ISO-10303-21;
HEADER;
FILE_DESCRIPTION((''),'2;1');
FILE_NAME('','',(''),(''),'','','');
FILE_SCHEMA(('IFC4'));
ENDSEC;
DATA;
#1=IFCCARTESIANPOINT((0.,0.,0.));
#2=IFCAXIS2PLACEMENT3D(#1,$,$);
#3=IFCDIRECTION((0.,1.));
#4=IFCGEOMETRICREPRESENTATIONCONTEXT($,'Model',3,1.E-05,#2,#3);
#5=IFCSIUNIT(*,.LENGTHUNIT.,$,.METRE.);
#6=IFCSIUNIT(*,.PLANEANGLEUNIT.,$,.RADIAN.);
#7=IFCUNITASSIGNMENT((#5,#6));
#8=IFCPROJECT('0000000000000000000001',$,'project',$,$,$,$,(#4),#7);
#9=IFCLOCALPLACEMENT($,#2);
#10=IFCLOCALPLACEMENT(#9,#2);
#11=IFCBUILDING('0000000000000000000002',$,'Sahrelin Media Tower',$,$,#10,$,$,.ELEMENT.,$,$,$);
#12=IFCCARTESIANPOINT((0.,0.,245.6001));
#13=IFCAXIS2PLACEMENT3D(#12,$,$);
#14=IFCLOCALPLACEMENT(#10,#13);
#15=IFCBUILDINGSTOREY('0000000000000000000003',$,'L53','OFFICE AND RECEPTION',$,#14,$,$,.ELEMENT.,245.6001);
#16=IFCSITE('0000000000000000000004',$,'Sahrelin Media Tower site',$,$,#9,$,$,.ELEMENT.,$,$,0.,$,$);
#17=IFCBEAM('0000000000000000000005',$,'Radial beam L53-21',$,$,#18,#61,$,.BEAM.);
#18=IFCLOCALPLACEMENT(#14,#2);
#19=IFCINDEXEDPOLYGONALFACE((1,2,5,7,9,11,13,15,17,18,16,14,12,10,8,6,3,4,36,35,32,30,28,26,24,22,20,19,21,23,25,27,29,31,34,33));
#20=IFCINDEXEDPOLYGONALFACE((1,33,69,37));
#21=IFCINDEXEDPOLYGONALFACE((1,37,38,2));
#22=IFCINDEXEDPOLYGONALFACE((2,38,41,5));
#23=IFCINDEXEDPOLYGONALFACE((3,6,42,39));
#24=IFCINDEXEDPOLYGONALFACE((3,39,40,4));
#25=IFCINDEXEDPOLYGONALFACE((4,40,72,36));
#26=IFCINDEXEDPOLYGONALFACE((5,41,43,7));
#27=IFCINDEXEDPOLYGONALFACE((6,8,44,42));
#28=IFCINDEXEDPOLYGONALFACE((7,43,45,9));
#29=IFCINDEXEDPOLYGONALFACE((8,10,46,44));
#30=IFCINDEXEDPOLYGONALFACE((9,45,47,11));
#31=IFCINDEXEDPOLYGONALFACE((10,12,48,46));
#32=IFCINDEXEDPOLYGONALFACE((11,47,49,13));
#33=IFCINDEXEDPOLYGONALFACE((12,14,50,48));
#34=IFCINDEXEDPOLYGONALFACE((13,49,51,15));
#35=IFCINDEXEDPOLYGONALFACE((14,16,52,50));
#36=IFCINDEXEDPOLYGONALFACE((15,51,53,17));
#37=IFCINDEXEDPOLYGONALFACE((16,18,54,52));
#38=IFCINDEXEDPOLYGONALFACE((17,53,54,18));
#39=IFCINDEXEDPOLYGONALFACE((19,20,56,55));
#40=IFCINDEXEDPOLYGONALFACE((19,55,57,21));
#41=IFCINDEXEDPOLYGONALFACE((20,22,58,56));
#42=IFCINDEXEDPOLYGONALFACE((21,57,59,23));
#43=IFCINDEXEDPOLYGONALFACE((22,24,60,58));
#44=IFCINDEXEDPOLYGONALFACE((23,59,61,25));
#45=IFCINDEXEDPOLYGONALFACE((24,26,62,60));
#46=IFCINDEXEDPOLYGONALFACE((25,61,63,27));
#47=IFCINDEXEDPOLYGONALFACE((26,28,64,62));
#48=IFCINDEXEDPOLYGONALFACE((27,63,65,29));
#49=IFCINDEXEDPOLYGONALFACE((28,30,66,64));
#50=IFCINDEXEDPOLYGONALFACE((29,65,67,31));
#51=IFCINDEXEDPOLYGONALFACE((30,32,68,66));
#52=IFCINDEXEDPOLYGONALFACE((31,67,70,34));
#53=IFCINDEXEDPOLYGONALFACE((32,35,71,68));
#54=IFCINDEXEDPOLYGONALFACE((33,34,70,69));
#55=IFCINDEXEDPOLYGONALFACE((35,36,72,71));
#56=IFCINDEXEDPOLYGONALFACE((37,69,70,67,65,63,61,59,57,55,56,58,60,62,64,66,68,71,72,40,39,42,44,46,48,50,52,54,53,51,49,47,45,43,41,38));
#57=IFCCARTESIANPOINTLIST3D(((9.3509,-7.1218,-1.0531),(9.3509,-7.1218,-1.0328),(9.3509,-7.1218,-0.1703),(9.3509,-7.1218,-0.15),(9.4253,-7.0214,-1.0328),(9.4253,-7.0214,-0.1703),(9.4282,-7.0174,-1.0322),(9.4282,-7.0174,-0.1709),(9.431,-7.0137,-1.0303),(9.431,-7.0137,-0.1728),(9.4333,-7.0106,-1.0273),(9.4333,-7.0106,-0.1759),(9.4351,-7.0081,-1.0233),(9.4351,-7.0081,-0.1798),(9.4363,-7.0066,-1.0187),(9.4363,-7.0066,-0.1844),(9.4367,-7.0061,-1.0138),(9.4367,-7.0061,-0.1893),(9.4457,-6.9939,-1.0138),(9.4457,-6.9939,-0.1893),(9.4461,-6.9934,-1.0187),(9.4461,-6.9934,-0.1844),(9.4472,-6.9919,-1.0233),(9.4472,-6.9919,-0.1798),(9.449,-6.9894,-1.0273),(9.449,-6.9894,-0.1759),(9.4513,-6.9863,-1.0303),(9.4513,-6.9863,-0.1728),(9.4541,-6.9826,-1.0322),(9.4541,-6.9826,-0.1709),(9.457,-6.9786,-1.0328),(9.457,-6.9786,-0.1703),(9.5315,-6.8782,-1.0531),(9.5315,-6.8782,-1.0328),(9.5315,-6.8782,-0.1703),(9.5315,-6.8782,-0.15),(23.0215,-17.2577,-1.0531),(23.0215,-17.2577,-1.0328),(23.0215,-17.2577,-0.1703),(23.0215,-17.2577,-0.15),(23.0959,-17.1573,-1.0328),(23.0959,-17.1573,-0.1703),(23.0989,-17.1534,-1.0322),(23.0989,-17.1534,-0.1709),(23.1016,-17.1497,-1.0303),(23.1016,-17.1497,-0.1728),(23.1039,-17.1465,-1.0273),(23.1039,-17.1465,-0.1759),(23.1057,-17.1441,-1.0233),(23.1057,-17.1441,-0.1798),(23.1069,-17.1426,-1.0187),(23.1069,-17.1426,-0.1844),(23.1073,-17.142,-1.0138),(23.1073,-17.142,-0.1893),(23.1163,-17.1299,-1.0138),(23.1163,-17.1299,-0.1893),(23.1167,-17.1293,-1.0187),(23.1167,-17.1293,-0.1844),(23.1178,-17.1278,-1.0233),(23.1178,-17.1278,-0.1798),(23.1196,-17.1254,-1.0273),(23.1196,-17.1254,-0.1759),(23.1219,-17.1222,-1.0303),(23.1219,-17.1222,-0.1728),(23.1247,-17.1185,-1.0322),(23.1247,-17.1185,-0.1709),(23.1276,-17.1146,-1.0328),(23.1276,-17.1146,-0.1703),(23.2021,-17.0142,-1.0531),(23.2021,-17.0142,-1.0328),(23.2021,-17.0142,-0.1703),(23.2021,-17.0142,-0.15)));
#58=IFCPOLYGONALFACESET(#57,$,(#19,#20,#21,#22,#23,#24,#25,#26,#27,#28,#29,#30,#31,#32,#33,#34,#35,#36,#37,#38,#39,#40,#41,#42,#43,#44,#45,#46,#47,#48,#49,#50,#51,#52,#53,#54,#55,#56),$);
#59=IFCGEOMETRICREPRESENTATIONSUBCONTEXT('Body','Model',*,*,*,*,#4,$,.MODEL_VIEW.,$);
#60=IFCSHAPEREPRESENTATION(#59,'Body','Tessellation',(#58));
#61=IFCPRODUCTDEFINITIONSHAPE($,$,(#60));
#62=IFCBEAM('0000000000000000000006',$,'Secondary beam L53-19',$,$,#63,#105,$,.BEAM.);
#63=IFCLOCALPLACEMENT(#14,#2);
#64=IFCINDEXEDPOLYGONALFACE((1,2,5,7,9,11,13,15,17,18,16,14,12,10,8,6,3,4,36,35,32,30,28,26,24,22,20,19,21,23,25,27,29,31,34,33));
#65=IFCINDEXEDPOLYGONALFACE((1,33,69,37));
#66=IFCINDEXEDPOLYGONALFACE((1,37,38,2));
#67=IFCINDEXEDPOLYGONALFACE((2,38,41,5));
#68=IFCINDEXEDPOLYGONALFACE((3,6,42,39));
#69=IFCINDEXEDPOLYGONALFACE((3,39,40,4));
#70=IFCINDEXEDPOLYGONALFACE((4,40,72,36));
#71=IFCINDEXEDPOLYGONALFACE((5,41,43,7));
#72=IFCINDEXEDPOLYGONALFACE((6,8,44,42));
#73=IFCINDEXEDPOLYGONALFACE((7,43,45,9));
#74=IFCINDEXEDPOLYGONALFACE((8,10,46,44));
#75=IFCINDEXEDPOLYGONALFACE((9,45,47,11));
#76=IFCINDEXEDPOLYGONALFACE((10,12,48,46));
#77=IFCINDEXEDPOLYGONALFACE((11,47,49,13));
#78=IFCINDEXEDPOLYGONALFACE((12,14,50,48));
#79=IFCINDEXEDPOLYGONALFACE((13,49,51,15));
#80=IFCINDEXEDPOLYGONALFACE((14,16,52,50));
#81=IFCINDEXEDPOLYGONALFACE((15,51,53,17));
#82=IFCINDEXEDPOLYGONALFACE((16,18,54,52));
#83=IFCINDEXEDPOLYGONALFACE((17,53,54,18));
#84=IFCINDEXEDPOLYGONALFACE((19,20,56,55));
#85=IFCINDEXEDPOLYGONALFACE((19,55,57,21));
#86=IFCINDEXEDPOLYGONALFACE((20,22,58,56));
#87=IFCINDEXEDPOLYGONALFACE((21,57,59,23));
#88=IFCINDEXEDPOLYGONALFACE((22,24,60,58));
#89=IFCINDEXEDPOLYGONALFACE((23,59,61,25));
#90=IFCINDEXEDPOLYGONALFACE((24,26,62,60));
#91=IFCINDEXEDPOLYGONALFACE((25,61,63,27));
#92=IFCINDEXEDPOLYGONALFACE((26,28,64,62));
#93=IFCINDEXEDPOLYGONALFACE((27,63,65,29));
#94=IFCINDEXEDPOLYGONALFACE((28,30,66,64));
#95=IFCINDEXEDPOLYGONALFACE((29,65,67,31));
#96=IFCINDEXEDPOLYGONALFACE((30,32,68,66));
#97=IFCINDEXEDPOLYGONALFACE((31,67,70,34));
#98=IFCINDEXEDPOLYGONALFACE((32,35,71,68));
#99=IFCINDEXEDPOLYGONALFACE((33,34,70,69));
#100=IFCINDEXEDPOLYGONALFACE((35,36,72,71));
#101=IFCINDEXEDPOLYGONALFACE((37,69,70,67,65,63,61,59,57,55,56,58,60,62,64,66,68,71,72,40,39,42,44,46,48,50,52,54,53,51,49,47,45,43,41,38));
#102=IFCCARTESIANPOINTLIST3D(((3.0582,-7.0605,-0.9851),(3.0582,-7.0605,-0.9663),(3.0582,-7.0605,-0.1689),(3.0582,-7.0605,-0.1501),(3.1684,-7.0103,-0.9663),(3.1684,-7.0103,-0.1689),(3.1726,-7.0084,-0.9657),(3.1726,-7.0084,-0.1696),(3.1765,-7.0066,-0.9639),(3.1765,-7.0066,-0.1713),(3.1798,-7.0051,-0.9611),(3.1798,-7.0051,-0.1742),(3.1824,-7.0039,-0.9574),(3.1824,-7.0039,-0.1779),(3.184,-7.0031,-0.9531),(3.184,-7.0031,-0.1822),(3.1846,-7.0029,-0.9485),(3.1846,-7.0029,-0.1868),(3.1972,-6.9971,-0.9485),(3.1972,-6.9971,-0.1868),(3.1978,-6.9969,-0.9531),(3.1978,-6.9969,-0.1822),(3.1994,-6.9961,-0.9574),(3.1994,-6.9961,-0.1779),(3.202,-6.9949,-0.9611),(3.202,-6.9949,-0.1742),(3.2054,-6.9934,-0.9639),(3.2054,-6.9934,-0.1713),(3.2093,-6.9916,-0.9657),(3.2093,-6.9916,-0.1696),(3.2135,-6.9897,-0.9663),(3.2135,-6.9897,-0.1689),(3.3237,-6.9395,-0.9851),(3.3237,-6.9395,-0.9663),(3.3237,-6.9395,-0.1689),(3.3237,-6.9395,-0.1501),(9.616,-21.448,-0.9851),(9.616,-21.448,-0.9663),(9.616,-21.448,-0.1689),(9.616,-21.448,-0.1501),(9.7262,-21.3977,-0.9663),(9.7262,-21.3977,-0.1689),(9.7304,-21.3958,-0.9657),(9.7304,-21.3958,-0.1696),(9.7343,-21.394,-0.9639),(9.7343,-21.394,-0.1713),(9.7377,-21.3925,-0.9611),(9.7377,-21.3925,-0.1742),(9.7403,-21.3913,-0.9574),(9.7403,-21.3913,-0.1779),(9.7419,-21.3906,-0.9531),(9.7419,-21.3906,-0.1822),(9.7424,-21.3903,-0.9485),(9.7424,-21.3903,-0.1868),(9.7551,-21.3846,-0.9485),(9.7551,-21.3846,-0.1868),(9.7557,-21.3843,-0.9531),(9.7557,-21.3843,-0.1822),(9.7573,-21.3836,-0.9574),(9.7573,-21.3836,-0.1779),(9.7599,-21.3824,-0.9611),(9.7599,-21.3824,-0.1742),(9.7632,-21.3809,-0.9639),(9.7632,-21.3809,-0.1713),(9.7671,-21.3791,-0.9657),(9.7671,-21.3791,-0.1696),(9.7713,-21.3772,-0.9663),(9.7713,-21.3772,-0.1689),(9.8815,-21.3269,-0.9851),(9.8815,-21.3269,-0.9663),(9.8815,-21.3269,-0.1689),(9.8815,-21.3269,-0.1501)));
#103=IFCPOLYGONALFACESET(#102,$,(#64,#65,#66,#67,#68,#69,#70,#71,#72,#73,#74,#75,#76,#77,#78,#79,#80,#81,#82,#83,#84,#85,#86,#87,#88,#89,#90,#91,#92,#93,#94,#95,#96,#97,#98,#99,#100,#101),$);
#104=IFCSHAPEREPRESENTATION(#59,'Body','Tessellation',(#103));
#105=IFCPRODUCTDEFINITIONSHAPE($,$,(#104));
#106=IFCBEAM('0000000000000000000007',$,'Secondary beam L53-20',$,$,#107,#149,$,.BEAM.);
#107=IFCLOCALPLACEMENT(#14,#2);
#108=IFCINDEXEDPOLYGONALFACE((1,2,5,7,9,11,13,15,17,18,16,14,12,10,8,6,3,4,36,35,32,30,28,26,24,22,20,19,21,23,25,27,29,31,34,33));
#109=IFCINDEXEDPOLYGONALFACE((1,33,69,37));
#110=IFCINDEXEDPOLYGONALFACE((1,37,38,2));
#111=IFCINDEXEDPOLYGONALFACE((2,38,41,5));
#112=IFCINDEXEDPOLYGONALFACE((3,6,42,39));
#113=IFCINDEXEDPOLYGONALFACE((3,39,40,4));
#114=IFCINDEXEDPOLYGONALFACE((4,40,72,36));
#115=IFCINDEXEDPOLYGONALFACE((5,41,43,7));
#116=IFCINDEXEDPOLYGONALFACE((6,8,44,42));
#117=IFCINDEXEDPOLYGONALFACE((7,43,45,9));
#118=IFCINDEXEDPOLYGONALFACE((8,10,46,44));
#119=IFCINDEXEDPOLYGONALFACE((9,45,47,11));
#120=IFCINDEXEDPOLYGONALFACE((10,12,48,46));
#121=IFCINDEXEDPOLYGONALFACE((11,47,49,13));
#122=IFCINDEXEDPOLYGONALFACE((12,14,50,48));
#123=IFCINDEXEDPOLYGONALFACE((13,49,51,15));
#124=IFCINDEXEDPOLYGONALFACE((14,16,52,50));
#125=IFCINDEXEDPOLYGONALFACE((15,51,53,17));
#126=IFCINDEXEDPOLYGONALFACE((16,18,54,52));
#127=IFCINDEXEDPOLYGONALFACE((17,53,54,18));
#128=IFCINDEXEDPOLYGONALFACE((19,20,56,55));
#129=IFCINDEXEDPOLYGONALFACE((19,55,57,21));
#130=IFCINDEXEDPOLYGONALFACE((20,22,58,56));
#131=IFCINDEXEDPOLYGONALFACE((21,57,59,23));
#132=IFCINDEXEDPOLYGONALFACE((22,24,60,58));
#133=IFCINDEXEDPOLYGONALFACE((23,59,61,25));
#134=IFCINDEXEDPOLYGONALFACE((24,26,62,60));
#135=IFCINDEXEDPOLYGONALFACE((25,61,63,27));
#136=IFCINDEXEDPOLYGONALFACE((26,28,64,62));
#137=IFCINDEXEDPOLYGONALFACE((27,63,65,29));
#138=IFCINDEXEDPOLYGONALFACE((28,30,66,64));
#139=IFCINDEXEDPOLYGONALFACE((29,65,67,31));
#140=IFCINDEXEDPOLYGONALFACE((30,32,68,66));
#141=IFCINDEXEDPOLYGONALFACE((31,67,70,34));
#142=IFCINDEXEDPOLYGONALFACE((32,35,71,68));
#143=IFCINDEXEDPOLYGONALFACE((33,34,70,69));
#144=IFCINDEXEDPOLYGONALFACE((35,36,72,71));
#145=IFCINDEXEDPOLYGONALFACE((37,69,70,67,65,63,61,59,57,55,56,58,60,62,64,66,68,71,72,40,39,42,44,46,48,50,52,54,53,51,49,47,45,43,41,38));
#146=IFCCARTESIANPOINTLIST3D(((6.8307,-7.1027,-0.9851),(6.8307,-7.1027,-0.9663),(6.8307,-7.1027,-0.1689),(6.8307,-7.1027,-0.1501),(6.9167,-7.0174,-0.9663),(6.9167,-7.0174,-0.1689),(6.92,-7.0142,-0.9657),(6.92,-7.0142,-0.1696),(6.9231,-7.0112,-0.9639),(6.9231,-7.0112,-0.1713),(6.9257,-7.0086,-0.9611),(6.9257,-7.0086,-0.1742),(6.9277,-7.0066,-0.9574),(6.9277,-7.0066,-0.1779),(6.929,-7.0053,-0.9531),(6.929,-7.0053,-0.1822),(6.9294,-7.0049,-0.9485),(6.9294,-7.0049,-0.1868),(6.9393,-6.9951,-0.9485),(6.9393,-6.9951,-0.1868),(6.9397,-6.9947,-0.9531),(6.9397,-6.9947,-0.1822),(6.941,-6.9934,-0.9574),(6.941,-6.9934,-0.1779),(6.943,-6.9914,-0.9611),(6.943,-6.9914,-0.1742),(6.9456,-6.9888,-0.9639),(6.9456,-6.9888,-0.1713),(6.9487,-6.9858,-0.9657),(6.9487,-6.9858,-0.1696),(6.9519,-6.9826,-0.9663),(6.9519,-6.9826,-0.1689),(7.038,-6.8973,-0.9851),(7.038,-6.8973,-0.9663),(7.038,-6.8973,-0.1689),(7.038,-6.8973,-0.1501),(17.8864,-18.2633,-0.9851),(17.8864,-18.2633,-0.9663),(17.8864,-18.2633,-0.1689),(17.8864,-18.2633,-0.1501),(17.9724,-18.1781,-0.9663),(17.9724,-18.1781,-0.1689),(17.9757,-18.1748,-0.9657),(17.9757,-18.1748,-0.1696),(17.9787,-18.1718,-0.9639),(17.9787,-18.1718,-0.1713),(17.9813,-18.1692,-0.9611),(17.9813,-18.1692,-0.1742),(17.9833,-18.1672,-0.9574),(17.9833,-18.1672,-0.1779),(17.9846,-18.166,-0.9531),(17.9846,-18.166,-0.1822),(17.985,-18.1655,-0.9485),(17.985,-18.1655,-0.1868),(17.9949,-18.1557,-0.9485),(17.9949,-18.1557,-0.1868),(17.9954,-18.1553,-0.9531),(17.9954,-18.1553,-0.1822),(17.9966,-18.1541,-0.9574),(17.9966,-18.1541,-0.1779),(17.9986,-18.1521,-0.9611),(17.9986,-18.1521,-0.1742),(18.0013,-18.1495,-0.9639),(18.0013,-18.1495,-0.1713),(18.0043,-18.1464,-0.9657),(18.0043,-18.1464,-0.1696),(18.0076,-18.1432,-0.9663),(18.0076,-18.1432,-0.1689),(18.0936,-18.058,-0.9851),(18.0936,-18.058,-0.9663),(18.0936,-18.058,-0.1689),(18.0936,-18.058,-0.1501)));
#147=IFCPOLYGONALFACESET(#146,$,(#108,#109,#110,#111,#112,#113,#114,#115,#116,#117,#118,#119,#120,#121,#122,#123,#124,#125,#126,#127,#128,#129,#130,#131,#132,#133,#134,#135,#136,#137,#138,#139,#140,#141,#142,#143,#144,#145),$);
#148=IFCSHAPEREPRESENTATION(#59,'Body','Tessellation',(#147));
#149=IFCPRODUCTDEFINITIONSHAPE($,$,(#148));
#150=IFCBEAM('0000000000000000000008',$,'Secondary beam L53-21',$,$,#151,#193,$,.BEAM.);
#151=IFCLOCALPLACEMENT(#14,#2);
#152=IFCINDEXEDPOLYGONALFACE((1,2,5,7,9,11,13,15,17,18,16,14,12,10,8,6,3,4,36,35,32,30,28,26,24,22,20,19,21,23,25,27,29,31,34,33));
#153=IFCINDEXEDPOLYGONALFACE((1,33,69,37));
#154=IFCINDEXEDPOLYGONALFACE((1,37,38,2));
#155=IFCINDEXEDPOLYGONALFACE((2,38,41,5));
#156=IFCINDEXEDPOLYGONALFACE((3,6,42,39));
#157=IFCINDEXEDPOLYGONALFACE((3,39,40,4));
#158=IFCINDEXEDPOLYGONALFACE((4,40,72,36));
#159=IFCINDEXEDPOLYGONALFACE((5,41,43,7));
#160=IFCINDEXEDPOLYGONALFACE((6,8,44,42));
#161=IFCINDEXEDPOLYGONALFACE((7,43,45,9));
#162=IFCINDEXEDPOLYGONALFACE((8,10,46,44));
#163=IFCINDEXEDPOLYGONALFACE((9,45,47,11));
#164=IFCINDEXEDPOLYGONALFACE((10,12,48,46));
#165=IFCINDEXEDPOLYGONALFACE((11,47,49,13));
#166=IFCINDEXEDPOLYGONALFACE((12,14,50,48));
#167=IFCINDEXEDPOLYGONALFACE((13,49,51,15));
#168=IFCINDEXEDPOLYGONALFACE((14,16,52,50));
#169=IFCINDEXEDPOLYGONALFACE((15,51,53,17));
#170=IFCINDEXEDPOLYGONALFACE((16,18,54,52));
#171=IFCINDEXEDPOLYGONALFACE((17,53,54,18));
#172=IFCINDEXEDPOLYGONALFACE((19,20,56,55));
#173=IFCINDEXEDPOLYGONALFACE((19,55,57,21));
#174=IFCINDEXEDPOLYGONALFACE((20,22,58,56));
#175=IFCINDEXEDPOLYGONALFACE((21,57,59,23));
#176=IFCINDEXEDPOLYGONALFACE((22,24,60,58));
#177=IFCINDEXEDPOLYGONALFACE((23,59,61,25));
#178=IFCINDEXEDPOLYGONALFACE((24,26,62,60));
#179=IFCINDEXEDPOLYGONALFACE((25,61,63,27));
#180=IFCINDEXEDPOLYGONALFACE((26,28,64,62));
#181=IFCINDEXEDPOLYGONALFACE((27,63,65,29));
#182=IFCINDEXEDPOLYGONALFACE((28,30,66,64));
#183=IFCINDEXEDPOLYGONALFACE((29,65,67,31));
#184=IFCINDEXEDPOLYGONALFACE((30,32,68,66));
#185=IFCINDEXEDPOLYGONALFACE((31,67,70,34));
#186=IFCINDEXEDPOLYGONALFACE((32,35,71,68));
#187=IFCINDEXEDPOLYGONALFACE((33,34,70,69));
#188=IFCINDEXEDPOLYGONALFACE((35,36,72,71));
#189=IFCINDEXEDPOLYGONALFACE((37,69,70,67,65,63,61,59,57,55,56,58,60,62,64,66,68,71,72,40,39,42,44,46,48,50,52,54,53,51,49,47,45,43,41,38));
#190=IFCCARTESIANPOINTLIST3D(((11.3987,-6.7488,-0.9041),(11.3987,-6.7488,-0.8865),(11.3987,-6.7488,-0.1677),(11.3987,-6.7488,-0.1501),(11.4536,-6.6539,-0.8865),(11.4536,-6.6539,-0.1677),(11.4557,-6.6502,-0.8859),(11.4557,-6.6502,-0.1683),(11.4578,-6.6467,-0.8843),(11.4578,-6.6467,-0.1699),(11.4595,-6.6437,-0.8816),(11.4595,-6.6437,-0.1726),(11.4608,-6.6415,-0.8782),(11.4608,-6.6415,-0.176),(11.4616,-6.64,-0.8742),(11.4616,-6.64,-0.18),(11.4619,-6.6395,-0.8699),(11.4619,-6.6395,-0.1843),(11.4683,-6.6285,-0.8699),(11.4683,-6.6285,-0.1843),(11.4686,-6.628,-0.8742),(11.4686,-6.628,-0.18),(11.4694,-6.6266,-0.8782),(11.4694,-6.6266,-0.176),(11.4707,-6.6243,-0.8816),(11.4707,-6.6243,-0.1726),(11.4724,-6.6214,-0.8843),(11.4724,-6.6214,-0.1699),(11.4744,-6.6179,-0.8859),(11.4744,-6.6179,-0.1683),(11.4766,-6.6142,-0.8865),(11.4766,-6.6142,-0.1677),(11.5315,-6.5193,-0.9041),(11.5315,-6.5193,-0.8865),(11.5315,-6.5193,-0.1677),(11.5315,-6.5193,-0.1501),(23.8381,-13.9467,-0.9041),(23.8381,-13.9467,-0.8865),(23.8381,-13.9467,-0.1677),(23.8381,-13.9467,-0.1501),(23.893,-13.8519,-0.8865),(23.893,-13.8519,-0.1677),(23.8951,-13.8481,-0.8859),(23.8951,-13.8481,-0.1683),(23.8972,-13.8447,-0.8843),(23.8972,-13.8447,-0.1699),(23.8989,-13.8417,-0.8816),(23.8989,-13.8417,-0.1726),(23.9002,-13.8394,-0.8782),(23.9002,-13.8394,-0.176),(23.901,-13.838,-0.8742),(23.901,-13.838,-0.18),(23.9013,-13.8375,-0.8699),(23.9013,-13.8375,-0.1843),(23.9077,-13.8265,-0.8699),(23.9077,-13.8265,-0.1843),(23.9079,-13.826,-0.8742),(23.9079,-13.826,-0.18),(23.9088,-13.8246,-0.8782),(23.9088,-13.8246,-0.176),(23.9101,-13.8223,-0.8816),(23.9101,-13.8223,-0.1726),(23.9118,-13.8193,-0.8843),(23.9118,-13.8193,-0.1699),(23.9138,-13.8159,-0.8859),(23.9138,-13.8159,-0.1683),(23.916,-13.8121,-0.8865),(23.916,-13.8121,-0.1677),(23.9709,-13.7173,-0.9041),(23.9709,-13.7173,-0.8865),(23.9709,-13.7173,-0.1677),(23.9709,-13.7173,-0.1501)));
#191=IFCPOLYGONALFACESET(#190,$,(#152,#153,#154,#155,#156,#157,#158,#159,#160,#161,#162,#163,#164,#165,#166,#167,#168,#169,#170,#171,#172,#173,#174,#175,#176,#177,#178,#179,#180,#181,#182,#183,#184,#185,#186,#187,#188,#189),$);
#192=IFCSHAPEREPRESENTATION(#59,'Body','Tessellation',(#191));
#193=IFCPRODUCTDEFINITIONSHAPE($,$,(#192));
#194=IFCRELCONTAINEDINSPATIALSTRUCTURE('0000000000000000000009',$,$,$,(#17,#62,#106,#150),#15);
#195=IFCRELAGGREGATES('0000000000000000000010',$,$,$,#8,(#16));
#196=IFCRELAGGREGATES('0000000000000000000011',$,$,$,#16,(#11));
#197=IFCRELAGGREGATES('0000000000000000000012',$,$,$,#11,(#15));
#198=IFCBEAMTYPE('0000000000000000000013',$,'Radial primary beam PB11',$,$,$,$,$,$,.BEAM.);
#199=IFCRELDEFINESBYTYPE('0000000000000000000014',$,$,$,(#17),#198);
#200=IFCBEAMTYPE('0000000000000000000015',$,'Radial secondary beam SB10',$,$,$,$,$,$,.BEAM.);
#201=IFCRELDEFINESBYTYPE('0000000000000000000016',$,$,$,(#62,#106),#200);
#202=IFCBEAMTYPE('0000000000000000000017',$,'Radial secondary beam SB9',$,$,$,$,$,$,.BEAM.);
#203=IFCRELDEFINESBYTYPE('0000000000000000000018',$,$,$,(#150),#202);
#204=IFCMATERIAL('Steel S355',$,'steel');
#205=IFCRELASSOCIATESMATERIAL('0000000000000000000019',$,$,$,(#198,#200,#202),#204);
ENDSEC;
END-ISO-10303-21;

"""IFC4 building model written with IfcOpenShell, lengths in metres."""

from ifc_helpers import new_model, si_unit, direction, frame, origin, origin_2d, place, context, subcontext, project, spatial, i_section, extrude, material, material_profile, profile_set, type_object, element, save


model = new_model("IFC4")

# Units and contexts
model_context = context("Model", 3, precision=1e-05, world=origin(), true_north=direction((0.0, 1.0)))
body_context = subcontext(model_context, "Body", "Model", "MODEL_VIEW")
ifc_project = project(units=[si_unit("LENGTHUNIT", "METRE"), si_unit("PLANEANGLEUNIT", "RADIAN")], contexts=[model_context])

# Site, building, storey
site_placement = place(None, origin())
site = spatial("IfcSite", under=ifc_project, at=site_placement, Name="Sahrelin Media Tower site", CompositionType="ELEMENT", RefElevation=0.0)
building_placement = place(site_placement, origin())
building = spatial("IfcBuilding", under=site, at=building_placement, Name="Sahrelin Media Tower", CompositionType="ELEMENT")
storey_placement = place(building_placement, frame((0.0, 0.0, 245.6001)))
storey = spatial("IfcBuildingStorey", under=building, at=storey_placement, Name="L53", Description="OFFICE AND RECEPTION", CompositionType="ELEMENT", Elevation=245.6001)

# Shared definitions
ifc_material_1 = material(Name="Steel S355", Category="steel")

# Beams
ifc_material_profile_1 = material_profile(ifc_material_1, i_section(OverallWidth=0.3032, OverallDepth=0.9031, WebThickness=0.0151, FlangeThickness=0.0203, FilletRadius=0.019, at=origin_2d()), Name="UB 914x305x201")
ifc_profile_set_1 = profile_set([ifc_material_profile_1], Name="Steel S355")
beam_type_1 = type_object("IfcBeamType", Name="Radial primary beam PB11", PredefinedType="BEAM", material=ifc_profile_set_1)
beam_1_placement = place(storey_placement, frame((9.4412, -7.0, -0.6016), z_axis=(0.803288, -0.595591, 0.0), x_axis=(0.595591, 0.803288, 0.0)))
element("IfcBeam", 1, at=beam_1_placement, inside=storey, type_object=beam_type_1, Name="Radial beam L53-21", PredefinedType="BEAM", context=body_context, shape_type="SweptSolid", body=[
    extrude(i_section(OverallWidth=0.3032, OverallDepth=0.9031, WebThickness=0.0151, FlangeThickness=0.0203, FilletRadius=0.019, at=origin_2d()), origin(), (0.0, 0.0, 1.0), 17.0183),
])
ifc_material_profile_2 = material_profile(ifc_material_1, i_section(OverallWidth=0.2917, OverallDepth=0.835, WebThickness=0.0139, FlangeThickness=0.0188, FilletRadius=0.0178, at=origin_2d()), Name="UB 838x292x176")
ifc_profile_set_2 = profile_set([ifc_material_profile_2], Name="Steel S355")
beam_type_2 = type_object("IfcBeamType", Name="Radial secondary beam SB10", PredefinedType="BEAM", material=ifc_profile_set_2)
beam_2_placement = place(storey_placement, frame((3.1909, -7.0, -0.5676), z_axis=(0.414752, -0.909934, 0.0), x_axis=(0.909934, 0.414752, 0.0)))
element("IfcBeam", 2, at=beam_2_placement, inside=storey, type_object=beam_type_2, Name="Secondary beam L53-19", PredefinedType="BEAM", context=body_context, shape_type="SweptSolid", body=[
    extrude(i_section(OverallWidth=0.2917, OverallDepth=0.835, WebThickness=0.0139, FlangeThickness=0.0188, FilletRadius=0.0178, at=origin_2d()), origin(), (0.0, 0.0, 1.0), 15.8115),
])
beam_3_placement = place(storey_placement, frame((6.9343, -7.0, -0.5676), z_axis=(0.703758, -0.71044, 0.0), x_axis=(0.71044, 0.703758, 0.0)))
element("IfcBeam", 3, at=beam_3_placement, inside=storey, type_object=beam_type_2, Name="Secondary beam L53-20", PredefinedType="BEAM", context=body_context, shape_type="SweptSolid", body=[
    extrude(i_section(OverallWidth=0.2917, OverallDepth=0.835, WebThickness=0.0139, FlangeThickness=0.0188, FilletRadius=0.0178, at=origin_2d()), origin(), (0.0, 0.0, 1.0), 15.7095),
])
ifc_material_profile_3 = material_profile(ifc_material_1, i_section(OverallWidth=0.2651, OverallDepth=0.7539, WebThickness=0.0127, FlangeThickness=0.0176, FilletRadius=0.0166, at=origin_2d()), Name="UB 762x267x147")
ifc_profile_set_3 = profile_set([ifc_material_profile_3], Name="Steel S355")
beam_type_3 = type_object("IfcBeamType", Name="Radial secondary beam SB9", PredefinedType="BEAM", material=ifc_profile_set_3)
beam_4_placement = place(storey_placement, frame((11.4651, -6.634, -0.5271), z_axis=(0.865541, -0.500839, 0.0), x_axis=(0.500839, 0.865541, 0.0)))
element("IfcBeam", 4, at=beam_4_placement, inside=storey, type_object=beam_type_3, Name="Secondary beam L53-21", PredefinedType="BEAM", context=body_context, shape_type="SweptSolid", body=[
    extrude(i_section(OverallWidth=0.2651, OverallDepth=0.7539, WebThickness=0.0127, FlangeThickness=0.0176, FilletRadius=0.0166, at=origin_2d()), origin(), (0.0, 0.0, 1.0), 14.3718),
])

save(model, "model.ifc")
